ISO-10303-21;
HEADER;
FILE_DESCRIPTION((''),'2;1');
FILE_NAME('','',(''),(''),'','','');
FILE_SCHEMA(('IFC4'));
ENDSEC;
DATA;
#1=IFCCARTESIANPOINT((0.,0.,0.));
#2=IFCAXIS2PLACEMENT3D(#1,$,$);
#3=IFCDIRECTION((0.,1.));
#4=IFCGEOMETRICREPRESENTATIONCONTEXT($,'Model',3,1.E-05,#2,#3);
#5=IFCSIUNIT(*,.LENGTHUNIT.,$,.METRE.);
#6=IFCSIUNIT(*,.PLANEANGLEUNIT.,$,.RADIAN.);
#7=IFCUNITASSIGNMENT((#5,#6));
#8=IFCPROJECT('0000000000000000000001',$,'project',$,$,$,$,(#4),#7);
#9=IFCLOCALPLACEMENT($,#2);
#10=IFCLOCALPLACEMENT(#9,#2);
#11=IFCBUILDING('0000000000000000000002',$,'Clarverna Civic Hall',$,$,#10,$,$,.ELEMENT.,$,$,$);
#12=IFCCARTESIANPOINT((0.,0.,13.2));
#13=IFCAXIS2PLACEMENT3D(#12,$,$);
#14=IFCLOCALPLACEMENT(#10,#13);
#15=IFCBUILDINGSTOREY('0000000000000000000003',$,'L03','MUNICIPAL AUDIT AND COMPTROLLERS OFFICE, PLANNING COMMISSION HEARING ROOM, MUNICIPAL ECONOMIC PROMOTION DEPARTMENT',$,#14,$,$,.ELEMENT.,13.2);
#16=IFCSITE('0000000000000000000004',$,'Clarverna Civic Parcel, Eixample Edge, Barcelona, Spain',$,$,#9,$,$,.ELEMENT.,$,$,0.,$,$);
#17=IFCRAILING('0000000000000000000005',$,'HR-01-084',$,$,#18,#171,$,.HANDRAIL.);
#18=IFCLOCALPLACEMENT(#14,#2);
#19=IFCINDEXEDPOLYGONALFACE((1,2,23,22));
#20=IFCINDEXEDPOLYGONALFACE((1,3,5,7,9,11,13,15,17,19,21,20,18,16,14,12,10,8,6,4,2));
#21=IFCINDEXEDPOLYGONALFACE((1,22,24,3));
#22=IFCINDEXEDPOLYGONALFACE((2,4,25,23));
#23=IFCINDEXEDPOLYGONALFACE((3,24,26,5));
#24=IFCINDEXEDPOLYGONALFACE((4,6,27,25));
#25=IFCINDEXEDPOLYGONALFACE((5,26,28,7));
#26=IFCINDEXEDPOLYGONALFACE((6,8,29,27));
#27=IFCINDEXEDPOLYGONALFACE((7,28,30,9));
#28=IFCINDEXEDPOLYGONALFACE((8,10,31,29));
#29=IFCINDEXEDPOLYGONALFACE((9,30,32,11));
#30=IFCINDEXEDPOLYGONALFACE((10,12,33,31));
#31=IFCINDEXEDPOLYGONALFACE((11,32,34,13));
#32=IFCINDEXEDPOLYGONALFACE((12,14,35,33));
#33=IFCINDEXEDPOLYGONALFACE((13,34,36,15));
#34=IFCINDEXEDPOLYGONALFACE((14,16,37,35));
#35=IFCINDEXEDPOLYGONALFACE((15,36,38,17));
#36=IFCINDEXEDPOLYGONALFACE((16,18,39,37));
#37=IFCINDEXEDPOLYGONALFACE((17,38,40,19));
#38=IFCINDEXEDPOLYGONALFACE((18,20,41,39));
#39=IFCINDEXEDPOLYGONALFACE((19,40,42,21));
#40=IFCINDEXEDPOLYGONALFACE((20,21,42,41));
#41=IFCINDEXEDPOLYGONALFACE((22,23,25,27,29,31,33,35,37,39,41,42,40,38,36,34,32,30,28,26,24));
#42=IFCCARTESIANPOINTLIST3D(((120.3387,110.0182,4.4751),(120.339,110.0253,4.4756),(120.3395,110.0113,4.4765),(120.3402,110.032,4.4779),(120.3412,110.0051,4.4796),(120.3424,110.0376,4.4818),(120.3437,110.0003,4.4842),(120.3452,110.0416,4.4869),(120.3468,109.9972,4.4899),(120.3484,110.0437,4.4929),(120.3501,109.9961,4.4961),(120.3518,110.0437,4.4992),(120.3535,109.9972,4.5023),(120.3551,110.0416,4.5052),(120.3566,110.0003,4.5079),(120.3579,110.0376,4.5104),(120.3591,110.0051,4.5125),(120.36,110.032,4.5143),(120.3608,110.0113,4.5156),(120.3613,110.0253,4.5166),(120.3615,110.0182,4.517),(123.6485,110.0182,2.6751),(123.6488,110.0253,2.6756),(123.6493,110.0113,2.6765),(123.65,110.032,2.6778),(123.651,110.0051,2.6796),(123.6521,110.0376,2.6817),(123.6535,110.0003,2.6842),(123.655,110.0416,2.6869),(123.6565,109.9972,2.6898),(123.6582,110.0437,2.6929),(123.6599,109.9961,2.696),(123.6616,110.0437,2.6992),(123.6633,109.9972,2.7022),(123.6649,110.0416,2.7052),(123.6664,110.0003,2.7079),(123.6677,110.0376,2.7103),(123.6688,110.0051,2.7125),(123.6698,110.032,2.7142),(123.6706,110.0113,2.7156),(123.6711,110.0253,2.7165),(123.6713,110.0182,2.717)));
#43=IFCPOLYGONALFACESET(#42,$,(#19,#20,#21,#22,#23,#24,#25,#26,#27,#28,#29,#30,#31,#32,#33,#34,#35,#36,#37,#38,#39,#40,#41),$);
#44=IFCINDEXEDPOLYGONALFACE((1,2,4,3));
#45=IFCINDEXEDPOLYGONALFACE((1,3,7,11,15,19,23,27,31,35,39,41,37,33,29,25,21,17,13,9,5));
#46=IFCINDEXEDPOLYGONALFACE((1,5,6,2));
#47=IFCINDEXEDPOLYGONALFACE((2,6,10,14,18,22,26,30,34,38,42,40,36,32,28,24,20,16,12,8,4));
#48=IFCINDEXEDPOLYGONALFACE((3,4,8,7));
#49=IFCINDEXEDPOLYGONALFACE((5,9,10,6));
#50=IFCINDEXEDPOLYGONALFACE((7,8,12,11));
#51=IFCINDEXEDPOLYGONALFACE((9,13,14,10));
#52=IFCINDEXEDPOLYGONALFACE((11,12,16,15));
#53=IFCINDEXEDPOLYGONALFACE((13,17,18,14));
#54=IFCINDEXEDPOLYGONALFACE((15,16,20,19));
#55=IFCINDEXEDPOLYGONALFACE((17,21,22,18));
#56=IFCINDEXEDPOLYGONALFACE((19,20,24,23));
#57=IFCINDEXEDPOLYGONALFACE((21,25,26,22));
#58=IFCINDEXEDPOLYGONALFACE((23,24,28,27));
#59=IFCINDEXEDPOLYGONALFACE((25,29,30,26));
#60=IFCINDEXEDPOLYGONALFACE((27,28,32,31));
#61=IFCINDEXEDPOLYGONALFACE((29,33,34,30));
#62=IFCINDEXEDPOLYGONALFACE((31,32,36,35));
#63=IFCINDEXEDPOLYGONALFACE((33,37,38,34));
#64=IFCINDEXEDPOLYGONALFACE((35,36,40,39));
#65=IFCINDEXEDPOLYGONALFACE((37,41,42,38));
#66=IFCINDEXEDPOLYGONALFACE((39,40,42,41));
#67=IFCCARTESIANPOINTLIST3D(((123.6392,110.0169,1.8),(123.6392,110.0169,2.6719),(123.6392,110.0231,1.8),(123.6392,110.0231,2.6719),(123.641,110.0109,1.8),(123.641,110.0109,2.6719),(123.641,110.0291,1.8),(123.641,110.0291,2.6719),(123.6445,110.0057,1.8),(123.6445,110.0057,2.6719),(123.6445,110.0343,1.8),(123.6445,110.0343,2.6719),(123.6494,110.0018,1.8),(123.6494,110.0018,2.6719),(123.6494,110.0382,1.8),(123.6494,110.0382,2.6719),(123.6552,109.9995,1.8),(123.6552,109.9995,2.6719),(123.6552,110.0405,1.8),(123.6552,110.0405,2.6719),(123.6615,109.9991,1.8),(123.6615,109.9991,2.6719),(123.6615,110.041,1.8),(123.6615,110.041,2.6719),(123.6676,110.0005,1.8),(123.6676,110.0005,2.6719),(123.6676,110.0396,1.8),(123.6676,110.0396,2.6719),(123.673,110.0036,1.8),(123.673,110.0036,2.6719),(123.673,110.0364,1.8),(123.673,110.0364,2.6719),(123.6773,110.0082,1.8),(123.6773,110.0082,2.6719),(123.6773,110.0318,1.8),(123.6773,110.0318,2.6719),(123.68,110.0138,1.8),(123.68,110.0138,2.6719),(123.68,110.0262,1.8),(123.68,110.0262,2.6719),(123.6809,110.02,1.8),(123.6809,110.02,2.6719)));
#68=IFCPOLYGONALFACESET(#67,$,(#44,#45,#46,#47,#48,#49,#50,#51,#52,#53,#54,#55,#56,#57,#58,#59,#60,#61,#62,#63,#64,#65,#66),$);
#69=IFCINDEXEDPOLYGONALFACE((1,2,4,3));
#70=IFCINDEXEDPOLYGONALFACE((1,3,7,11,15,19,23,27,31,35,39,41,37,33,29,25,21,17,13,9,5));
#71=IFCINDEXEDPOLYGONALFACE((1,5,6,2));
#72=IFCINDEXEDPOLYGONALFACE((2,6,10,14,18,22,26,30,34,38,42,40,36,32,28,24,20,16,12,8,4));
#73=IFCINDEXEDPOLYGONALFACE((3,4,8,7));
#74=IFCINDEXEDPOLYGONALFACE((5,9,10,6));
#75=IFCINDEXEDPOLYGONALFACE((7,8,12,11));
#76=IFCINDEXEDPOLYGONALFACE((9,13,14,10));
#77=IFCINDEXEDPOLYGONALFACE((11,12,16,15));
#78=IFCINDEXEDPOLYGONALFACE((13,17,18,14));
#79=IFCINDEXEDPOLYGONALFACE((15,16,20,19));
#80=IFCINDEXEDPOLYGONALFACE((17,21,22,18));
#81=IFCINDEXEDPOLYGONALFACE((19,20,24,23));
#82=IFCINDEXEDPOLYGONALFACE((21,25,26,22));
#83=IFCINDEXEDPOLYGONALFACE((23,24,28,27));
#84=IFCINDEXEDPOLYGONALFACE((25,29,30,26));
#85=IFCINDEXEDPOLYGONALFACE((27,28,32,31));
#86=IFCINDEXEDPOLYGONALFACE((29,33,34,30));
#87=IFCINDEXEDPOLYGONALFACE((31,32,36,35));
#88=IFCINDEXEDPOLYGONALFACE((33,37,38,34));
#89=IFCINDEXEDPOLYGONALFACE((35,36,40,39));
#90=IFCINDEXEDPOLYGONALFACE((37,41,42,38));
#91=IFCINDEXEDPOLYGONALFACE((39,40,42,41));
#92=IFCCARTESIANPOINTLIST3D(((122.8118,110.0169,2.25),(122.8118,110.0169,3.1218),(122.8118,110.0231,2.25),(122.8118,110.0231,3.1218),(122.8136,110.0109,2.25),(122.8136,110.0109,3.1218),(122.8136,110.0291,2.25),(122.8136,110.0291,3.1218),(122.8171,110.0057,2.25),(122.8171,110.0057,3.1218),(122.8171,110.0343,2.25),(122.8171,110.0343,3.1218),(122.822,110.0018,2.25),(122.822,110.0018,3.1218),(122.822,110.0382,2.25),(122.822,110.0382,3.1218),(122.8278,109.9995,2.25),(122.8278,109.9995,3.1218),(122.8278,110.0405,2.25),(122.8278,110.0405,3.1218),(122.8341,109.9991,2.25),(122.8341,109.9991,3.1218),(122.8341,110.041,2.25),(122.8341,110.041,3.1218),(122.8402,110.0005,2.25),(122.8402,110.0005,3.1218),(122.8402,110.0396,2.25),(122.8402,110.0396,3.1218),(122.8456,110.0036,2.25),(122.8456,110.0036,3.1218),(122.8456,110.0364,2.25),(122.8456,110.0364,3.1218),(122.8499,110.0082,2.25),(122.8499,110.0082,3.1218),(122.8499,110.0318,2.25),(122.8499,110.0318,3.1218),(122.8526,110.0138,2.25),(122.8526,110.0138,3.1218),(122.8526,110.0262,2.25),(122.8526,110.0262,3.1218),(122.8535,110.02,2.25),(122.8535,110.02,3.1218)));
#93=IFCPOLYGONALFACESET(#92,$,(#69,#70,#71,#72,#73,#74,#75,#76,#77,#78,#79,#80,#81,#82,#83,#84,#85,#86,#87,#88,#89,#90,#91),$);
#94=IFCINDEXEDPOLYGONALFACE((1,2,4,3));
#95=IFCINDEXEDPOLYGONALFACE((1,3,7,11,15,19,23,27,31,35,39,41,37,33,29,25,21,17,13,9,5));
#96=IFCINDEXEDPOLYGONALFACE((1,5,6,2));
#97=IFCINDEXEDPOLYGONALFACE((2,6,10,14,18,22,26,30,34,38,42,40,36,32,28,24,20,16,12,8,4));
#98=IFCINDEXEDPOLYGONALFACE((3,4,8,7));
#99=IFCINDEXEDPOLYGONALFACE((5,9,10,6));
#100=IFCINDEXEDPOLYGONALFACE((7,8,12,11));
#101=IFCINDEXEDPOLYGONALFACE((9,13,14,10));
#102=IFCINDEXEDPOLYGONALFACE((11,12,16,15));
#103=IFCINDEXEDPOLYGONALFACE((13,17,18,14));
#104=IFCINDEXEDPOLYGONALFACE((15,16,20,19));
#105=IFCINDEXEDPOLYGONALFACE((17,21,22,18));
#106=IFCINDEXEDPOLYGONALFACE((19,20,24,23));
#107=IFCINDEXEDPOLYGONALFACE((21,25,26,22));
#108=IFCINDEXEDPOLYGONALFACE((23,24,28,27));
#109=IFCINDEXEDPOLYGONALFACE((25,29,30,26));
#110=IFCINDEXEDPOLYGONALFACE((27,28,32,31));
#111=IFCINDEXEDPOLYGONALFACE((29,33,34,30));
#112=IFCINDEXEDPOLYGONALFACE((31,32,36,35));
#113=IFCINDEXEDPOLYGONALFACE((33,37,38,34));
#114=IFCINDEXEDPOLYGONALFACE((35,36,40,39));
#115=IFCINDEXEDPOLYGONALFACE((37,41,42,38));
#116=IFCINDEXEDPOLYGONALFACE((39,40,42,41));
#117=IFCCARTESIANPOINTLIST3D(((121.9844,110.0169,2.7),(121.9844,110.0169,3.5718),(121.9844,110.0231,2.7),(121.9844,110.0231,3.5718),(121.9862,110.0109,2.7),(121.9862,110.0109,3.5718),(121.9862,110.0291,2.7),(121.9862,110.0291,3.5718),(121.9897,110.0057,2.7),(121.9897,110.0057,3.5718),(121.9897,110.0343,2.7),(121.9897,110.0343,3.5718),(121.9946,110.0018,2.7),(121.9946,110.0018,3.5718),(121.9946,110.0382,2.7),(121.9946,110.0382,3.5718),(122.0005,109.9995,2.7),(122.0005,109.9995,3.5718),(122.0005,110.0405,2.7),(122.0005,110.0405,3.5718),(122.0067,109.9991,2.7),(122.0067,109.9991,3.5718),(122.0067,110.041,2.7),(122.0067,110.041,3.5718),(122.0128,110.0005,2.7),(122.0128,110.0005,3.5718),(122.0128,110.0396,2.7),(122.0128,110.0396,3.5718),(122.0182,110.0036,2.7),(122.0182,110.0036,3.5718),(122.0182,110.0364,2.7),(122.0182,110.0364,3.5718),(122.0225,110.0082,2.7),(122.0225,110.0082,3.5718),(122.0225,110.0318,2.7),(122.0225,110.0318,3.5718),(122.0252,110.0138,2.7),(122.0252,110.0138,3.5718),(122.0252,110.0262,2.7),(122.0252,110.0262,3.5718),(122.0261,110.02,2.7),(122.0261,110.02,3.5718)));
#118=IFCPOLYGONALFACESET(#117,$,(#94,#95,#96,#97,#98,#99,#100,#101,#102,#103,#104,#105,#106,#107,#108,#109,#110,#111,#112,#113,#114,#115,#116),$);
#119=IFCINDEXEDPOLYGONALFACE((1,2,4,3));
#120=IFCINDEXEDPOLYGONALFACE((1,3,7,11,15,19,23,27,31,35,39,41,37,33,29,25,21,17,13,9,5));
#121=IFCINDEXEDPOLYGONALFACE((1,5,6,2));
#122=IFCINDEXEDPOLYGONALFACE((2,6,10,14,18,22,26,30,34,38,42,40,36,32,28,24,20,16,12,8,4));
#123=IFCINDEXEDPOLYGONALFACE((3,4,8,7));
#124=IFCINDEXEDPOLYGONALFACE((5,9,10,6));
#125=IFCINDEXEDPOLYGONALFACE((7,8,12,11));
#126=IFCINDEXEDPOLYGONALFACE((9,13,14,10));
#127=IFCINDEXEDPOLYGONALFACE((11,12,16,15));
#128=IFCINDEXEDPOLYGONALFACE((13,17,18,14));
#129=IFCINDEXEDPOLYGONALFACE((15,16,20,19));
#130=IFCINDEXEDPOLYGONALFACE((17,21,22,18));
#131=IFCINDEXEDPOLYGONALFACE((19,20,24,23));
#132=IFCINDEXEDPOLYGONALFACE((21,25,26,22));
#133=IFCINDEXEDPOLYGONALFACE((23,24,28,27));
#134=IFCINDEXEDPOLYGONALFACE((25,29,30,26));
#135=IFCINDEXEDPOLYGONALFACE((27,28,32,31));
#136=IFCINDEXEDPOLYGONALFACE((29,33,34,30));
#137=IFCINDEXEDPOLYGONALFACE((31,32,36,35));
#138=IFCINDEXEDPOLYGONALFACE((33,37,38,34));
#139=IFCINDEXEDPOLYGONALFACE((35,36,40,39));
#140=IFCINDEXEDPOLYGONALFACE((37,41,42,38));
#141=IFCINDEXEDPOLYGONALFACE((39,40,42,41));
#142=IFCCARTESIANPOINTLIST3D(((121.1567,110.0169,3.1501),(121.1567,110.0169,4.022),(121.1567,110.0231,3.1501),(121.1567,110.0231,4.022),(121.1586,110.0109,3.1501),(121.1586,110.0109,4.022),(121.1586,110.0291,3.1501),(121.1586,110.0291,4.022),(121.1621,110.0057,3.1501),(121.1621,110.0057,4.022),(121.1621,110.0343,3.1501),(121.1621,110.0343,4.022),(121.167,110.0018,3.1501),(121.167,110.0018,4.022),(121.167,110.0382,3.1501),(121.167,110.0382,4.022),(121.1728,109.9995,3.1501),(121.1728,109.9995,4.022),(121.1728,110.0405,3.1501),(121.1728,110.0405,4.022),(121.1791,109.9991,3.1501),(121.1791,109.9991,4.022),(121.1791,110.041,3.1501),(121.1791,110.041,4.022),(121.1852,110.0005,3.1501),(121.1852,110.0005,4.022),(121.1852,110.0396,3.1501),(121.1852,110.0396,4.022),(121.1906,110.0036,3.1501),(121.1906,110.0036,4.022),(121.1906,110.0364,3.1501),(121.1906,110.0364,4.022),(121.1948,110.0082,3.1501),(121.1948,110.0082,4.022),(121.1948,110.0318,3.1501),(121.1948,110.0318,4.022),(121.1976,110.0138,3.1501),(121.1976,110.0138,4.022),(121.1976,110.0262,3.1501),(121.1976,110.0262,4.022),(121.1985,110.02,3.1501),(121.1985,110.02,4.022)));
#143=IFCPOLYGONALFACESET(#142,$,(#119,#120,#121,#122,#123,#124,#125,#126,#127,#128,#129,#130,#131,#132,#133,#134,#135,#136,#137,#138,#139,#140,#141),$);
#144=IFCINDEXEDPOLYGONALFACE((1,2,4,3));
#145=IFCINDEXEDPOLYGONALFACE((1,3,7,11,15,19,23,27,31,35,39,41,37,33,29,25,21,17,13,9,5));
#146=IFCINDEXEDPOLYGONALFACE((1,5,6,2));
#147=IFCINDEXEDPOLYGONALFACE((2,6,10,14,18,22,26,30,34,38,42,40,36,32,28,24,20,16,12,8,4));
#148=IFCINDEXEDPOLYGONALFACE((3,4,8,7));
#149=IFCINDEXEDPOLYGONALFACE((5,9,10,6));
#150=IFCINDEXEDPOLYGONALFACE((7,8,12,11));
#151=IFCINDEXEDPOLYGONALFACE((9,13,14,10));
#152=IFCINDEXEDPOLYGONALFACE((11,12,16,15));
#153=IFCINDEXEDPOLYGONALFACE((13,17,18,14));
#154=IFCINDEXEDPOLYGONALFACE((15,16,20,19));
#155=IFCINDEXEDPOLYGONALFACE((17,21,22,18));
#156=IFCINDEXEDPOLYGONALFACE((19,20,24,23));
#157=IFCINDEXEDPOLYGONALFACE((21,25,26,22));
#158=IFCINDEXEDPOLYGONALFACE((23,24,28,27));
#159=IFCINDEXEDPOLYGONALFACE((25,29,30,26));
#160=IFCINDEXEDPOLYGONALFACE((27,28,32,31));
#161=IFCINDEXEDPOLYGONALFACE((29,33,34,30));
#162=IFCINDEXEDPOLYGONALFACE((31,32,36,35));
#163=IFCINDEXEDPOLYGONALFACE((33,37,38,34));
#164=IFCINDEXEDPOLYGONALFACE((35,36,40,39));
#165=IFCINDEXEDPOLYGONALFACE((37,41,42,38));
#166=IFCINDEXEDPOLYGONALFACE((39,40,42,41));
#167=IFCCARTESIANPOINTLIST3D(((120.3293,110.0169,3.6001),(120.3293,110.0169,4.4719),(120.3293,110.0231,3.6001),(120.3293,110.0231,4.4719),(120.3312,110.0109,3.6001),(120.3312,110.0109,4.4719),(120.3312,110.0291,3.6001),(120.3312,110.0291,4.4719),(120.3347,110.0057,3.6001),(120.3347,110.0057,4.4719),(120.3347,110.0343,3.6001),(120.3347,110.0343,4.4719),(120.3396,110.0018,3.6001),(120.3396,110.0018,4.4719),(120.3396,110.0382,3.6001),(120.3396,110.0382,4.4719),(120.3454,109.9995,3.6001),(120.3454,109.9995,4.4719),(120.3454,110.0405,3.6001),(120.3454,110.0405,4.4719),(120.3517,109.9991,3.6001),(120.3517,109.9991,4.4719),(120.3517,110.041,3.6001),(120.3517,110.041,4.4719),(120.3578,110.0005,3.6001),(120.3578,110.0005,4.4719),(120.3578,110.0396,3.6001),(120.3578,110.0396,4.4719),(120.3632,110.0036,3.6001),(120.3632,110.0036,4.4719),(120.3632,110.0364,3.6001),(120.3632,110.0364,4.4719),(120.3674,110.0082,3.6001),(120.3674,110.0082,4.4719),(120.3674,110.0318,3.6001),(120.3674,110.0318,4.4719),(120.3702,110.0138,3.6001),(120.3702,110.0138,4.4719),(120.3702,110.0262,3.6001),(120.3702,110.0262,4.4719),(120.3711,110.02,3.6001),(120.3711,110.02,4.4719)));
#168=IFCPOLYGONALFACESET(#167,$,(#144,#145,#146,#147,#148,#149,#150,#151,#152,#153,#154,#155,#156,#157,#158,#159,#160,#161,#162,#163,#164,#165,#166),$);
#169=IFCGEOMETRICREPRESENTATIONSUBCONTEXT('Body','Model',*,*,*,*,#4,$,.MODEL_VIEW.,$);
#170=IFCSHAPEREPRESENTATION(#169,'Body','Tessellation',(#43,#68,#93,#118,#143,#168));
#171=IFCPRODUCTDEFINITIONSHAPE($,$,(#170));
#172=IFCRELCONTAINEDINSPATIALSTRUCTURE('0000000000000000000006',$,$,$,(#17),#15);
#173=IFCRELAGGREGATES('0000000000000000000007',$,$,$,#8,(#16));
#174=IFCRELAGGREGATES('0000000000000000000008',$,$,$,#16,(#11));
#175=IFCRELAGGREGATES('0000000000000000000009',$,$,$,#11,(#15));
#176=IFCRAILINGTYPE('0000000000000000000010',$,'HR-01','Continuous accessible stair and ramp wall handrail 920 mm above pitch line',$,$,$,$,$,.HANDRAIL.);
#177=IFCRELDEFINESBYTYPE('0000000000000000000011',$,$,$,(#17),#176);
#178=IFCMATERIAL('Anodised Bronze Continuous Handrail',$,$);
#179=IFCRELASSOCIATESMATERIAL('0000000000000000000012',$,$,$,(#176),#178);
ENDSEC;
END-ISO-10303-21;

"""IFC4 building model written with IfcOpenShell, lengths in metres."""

from ifc_helpers import new_model, si_unit, direction, frame, origin, origin_2d, place, context, subcontext, project, spatial, circle, extrude, material, type_object, element, save


model = new_model("IFC4")

# Units and contexts
model_context = context("Model", 3, precision=1e-05, world=origin(), true_north=direction((0.0, 1.0)))
body_context = subcontext(model_context, "Body", "Model", "MODEL_VIEW")
ifc_project = project(units=[si_unit("LENGTHUNIT", "METRE"), si_unit("PLANEANGLEUNIT", "RADIAN")], contexts=[model_context])

# Site, building, storey
site_placement = place(None, origin())
site = spatial("IfcSite", under=ifc_project, at=site_placement, Name="Clarverna Civic Parcel, Eixample Edge, Barcelona, Spain", CompositionType="ELEMENT", RefElevation=0.0)
building_placement = place(site_placement, origin())
building = spatial("IfcBuilding", under=site, at=building_placement, Name="Clarverna Civic Hall", CompositionType="ELEMENT")
storey_placement = place(building_placement, frame((0.0, 0.0, 13.2)))
storey = spatial("IfcBuildingStorey", under=building, at=storey_placement, Name="L03", Description="MUNICIPAL AUDIT AND COMPTROLLERS OFFICE, PLANNING COMMISSION HEARING ROOM, MUNICIPAL ECONOMIC PROMOTION DEPARTMENT", CompositionType="ELEMENT", Elevation=13.2)

# Railing
ifc_material_1 = material(Name="Anodised Bronze Continuous Handrail")
railing_type_1 = type_object("IfcRailingType", Name="HR-01", Description="Continuous accessible stair and ramp wall handrail 920 mm above pitch line", PredefinedType="HANDRAIL", material=ifc_material_1)
railing_1_placement = place(storey_placement, frame((123.6599, 110.02, 1.8)))
element("IfcRailing", 1, at=railing_1_placement, inside=storey, type_object=railing_type_1, Name="HR-01-084", PredefinedType="HANDRAIL", context=body_context, shape_type="SweptSolid", body=[
    extrude(circle(Radius=0.0239, at=origin_2d()), frame((0.0, 0.0, 0.896), z_axis=(-0.878487, 0.0, 0.477767), x_axis=(0.0, -1.0, 0.0)), (0.0, 0.0, 1.0), 3.7676),
    extrude(circle(Radius=0.021, at=origin_2d()), origin(), (0.0, 0.0, 1.0), 0.8718),
    extrude(circle(Radius=0.021, at=origin_2d()), frame((-0.8274, 0.0, 0.45)), (0.0, 0.0, 1.0), 0.8718),
    extrude(circle(Radius=0.021, at=origin_2d()), frame((-1.6548, 0.0, 0.8999)), (0.0, 0.0, 1.0), 0.8718),
    extrude(circle(Radius=0.021, at=origin_2d()), frame((-2.4824, 0.0, 1.3501)), (0.0, 0.0, 1.0), 0.8718),
    extrude(circle(Radius=0.021, at=origin_2d()), frame((-3.3098, 0.0, 1.8)), (0.0, 0.0, 1.0), 0.8718),
])

save(model, "model.ifc")
